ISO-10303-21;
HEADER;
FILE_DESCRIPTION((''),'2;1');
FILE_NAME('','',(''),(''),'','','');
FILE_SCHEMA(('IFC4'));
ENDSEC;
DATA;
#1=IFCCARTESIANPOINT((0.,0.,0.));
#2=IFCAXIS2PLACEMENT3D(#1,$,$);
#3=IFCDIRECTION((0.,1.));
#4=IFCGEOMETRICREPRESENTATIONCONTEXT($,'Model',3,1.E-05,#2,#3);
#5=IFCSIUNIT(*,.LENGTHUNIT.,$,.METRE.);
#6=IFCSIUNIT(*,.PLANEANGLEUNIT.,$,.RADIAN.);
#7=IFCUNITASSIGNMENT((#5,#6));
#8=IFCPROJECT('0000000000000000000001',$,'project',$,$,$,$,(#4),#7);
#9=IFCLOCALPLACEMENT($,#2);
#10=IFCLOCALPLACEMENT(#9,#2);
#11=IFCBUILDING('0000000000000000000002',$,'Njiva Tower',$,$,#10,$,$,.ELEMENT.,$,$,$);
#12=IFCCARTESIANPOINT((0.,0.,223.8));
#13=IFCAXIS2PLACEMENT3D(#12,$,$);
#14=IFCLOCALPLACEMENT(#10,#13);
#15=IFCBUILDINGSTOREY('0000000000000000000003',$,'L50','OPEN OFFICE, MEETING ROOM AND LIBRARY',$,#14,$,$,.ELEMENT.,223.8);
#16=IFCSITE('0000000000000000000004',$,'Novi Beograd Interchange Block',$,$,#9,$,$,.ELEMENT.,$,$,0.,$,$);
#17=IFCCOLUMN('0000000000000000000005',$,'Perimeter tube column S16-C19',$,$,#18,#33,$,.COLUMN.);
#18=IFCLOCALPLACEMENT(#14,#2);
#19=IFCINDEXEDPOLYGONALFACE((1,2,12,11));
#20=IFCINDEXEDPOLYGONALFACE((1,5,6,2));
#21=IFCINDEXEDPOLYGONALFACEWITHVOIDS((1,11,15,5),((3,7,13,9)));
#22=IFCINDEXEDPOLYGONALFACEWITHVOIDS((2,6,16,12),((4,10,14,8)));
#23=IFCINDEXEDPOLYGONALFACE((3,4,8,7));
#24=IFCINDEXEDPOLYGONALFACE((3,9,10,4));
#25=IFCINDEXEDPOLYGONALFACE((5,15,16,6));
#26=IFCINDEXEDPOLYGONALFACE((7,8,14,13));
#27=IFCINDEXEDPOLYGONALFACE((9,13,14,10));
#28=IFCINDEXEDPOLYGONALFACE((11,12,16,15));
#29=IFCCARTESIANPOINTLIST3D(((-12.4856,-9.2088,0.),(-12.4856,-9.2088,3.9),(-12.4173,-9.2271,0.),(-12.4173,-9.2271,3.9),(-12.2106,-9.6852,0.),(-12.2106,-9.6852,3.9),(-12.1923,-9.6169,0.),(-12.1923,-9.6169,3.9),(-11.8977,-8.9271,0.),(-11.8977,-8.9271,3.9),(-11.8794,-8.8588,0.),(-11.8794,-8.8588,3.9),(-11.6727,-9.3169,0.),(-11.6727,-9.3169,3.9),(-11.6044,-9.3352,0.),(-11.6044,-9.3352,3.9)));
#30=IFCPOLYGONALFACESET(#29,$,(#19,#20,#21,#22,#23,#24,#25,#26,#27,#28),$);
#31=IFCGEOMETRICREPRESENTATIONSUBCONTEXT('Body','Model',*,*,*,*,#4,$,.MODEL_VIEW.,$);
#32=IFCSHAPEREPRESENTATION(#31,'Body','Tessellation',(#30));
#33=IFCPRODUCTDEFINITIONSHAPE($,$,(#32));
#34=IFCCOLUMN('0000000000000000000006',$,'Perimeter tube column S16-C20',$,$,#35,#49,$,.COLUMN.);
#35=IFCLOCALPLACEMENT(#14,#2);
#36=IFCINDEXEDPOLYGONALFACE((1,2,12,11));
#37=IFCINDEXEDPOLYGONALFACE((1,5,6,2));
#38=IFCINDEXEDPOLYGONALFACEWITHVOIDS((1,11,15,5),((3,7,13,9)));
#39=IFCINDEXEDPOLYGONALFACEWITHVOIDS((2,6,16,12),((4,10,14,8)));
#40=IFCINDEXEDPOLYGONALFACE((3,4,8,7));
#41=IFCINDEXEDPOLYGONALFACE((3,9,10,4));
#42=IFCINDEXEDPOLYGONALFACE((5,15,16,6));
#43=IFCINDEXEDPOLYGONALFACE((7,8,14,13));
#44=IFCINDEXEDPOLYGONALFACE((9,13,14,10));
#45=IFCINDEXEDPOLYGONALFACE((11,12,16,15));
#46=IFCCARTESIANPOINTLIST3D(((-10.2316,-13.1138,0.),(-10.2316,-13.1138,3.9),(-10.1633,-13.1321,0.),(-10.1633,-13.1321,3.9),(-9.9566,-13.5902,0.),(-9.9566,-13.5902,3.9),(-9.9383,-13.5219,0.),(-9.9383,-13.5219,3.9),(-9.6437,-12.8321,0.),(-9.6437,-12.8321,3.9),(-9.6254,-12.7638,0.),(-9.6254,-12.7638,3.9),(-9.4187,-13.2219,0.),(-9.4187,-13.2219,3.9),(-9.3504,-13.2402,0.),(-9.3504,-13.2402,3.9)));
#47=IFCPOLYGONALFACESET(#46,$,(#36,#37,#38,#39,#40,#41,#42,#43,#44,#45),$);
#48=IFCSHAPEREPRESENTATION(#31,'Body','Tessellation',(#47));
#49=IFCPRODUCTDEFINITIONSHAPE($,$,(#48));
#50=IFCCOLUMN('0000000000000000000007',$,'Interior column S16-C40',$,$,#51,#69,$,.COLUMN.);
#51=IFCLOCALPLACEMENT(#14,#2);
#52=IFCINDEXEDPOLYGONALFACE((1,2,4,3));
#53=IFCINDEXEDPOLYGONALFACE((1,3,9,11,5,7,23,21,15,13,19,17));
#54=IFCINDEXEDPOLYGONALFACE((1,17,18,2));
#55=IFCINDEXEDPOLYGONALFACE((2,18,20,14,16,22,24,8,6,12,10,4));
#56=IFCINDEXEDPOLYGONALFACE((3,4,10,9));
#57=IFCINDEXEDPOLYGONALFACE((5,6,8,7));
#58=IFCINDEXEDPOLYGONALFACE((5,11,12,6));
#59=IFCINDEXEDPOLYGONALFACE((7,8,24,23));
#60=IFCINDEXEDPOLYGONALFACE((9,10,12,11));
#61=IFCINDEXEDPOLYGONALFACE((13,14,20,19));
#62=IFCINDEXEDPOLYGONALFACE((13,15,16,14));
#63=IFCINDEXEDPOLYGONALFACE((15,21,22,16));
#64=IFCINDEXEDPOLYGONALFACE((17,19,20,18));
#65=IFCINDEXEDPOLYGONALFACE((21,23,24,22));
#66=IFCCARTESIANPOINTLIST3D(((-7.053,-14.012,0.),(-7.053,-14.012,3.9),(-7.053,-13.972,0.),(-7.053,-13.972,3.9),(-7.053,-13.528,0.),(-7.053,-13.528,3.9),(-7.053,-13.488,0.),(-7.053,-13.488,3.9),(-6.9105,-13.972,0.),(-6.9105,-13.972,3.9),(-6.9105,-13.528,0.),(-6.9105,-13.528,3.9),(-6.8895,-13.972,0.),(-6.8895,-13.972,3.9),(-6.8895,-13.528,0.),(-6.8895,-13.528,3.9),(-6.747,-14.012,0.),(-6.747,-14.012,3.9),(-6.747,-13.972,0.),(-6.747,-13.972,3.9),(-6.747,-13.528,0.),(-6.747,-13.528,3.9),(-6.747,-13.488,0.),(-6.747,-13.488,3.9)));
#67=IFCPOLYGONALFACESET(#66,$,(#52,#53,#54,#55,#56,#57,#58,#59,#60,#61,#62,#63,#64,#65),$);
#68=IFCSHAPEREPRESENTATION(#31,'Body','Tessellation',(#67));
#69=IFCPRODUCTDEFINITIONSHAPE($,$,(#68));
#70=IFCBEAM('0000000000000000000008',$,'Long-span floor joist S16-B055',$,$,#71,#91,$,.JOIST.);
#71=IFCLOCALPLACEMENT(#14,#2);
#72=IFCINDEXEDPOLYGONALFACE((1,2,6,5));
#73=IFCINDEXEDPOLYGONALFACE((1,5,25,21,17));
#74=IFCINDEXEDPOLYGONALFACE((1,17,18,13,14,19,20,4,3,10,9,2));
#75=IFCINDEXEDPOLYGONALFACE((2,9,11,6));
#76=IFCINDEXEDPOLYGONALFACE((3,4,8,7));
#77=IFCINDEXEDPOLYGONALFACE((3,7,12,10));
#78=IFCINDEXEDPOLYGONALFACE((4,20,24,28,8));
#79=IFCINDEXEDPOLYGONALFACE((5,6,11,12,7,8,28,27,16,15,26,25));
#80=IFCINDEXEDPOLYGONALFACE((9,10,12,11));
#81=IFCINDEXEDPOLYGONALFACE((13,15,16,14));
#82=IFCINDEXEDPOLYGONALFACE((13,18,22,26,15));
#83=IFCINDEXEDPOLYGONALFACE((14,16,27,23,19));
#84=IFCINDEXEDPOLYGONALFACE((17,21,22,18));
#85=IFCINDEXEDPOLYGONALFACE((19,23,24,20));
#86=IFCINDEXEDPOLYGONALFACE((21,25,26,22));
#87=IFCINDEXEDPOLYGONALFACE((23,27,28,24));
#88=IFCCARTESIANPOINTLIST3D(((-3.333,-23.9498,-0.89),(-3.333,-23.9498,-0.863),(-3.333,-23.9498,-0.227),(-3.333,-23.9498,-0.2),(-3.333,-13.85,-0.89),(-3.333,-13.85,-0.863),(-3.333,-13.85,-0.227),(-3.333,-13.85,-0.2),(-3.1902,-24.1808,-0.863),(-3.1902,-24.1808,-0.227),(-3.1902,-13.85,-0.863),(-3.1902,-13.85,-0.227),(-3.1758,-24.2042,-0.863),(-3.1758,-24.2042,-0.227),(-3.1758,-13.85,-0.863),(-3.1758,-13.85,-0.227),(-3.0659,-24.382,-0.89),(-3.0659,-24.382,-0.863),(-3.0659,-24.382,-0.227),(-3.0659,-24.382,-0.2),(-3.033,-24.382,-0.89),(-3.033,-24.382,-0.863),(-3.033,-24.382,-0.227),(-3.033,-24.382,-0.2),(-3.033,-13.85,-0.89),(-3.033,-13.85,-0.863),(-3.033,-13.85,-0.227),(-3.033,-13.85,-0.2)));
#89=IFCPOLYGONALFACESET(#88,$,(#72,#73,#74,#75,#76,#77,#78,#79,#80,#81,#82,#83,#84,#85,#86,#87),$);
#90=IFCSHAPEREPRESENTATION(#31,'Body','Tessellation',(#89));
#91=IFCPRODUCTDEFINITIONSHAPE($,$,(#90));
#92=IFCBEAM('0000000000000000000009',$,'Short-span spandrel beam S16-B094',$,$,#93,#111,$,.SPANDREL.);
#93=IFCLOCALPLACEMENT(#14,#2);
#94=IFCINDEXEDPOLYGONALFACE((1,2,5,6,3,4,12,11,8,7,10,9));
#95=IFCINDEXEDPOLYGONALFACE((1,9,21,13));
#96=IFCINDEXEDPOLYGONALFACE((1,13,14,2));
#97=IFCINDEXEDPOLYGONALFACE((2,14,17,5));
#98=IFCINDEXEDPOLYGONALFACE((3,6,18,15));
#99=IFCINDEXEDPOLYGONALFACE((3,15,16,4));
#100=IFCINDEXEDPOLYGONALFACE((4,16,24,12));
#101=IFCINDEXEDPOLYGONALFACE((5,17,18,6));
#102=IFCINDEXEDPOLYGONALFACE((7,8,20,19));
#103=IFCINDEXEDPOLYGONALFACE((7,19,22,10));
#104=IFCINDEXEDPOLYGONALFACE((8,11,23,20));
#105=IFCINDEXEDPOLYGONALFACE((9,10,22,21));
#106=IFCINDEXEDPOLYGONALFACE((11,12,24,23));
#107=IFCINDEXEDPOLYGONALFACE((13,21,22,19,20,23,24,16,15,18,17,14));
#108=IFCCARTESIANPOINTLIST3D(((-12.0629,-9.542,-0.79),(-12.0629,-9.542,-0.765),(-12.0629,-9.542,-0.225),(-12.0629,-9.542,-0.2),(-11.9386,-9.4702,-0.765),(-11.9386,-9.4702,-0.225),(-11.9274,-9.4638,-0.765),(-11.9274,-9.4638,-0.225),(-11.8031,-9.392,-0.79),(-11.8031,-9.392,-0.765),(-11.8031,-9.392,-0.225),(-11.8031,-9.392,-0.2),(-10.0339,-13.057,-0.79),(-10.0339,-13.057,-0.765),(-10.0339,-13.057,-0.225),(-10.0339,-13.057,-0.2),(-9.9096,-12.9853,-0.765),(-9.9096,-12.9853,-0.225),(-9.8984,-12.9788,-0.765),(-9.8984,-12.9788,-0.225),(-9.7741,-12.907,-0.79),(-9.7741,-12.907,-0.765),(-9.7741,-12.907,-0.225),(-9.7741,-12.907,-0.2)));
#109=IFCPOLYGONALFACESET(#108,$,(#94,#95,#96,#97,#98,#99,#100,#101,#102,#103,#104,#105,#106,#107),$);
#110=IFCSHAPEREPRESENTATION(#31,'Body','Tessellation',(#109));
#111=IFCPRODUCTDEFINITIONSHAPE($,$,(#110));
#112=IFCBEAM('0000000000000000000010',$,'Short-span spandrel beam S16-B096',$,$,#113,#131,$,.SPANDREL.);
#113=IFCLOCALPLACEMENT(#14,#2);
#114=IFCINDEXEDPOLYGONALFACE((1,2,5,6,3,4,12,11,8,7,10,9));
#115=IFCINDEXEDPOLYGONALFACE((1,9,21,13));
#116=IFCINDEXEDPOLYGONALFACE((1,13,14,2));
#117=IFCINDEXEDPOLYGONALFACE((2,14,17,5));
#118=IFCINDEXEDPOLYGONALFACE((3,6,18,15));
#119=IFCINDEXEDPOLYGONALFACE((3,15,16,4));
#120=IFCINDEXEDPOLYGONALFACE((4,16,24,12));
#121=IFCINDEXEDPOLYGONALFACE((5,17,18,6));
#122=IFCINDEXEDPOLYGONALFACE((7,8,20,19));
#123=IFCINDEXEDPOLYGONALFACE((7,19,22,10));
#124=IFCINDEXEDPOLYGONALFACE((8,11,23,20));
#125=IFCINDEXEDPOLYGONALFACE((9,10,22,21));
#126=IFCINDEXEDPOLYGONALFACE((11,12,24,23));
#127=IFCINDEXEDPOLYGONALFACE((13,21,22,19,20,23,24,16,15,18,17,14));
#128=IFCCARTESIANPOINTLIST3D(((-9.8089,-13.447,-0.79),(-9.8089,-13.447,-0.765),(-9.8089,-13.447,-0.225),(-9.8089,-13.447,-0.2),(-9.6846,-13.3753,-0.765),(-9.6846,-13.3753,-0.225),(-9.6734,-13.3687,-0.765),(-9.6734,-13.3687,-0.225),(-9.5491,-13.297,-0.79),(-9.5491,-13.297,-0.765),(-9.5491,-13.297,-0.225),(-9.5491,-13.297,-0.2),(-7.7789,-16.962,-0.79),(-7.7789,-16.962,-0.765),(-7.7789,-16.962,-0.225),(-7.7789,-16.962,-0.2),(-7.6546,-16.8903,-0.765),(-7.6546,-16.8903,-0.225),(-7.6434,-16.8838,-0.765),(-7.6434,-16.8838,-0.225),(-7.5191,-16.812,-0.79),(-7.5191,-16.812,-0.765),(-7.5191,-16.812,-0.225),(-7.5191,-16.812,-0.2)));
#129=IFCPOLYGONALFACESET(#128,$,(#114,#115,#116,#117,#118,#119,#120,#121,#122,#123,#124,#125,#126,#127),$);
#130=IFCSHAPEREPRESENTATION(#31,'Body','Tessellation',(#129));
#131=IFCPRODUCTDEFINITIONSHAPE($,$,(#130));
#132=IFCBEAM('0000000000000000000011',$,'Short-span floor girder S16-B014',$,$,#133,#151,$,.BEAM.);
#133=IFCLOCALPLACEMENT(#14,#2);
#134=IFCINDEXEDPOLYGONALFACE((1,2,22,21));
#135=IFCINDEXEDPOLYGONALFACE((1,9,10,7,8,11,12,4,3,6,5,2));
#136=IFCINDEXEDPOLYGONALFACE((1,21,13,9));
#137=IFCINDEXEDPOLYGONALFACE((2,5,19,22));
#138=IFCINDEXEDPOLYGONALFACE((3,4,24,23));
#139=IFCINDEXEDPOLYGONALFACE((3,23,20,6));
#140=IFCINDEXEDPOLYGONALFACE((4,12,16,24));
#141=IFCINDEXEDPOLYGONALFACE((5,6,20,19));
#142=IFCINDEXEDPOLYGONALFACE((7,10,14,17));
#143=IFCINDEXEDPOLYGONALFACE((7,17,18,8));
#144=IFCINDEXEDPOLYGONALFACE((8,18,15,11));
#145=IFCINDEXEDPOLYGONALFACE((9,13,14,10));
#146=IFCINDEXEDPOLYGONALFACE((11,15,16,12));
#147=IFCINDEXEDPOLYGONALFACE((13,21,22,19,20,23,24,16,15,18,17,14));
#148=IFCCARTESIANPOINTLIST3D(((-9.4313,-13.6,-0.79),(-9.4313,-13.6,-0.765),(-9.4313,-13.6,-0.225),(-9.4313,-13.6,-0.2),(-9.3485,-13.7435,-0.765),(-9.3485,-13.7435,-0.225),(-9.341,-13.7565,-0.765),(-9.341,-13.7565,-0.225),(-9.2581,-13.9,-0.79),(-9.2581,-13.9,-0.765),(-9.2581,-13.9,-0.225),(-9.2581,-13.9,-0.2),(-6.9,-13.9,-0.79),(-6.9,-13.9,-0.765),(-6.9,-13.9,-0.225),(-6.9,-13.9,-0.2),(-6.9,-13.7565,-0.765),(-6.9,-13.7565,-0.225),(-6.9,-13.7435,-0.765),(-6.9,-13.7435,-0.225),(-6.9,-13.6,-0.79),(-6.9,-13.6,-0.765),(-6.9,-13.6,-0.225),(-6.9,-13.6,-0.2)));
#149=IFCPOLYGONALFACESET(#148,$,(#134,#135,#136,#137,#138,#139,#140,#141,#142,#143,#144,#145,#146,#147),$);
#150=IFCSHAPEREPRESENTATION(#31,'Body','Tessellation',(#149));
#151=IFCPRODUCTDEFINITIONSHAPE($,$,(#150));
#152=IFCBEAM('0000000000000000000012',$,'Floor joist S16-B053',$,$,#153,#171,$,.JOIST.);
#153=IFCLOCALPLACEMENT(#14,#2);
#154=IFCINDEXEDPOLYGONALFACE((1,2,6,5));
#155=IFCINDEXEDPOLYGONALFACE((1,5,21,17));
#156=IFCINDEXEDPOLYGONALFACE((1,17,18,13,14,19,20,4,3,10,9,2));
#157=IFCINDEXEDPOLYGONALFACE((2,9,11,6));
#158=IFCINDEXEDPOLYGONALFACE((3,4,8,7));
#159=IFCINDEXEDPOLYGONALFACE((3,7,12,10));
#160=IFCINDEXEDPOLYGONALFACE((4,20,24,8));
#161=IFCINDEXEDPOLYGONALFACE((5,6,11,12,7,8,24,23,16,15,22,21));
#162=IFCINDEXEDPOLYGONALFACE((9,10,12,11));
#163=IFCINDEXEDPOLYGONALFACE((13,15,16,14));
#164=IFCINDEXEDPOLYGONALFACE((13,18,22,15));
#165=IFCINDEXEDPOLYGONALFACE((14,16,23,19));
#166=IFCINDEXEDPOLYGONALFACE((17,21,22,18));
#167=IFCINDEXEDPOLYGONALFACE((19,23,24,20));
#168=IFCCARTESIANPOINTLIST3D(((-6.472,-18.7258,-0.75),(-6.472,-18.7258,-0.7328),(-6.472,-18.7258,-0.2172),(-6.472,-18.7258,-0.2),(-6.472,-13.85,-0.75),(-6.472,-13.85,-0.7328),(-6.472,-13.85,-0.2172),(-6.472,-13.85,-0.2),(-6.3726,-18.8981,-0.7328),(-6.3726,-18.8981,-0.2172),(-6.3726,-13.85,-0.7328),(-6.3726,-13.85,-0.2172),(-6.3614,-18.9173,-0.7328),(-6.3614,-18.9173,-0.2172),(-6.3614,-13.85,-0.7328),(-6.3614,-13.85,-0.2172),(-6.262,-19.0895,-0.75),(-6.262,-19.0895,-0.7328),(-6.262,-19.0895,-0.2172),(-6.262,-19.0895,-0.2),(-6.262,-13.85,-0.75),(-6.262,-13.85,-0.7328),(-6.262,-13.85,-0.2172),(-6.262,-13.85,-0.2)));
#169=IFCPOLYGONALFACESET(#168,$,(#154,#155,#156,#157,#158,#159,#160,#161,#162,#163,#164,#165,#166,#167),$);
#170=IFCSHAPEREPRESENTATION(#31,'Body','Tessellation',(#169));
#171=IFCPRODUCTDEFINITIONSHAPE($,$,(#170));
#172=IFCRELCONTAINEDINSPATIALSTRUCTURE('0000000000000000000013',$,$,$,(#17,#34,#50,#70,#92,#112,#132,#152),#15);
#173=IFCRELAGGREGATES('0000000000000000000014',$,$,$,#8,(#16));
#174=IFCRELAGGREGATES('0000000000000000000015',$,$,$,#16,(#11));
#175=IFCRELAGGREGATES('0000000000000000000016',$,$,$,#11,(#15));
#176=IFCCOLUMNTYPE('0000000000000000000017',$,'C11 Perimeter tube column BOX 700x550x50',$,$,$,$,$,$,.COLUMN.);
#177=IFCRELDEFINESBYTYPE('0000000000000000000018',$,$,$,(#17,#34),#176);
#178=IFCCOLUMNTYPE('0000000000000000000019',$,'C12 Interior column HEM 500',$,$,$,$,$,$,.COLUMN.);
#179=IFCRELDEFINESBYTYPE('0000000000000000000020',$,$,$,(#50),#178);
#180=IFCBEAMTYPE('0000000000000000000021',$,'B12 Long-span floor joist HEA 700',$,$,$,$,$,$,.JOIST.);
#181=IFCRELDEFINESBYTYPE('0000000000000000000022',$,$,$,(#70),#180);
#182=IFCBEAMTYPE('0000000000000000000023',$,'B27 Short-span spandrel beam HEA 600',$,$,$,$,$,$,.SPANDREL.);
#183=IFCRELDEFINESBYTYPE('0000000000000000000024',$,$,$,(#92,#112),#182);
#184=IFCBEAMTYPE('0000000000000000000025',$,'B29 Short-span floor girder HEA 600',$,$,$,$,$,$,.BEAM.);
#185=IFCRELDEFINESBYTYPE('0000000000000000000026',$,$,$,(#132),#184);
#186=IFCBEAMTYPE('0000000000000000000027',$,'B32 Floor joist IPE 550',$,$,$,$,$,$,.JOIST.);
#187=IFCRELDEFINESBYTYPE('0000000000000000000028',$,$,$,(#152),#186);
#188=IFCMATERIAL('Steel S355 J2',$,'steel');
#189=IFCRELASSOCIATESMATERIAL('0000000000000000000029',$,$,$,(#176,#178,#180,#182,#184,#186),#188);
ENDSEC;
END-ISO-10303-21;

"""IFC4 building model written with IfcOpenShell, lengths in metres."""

from ifc_helpers import new_model, si_unit, direction, frame, origin, origin_2d, place, context, subcontext, project, spatial, hollow_rectangle, i_section, extrude, clip, halfspace, material, material_profile, profile_set, type_object, element, save


model = new_model("IFC4")

# Units and contexts
model_context = context("Model", 3, precision=1e-05, world=origin(), true_north=direction((0.0, 1.0)))
body_context = subcontext(model_context, "Body", "Model", "MODEL_VIEW")
ifc_project = project(units=[si_unit("LENGTHUNIT", "METRE"), si_unit("PLANEANGLEUNIT", "RADIAN")], contexts=[model_context])

# Site, building, storey
site_placement = place(None, origin())
site = spatial("IfcSite", under=ifc_project, at=site_placement, Name="Novi Beograd Interchange Block", CompositionType="ELEMENT", RefElevation=0.0)
building_placement = place(site_placement, origin())
building = spatial("IfcBuilding", under=site, at=building_placement, Name="Njiva Tower", CompositionType="ELEMENT")
storey_placement = place(building_placement, frame((0.0, 0.0, 223.8)))
storey = spatial("IfcBuildingStorey", under=building, at=storey_placement, Name="L50", Description="OPEN OFFICE, MEETING ROOM AND LIBRARY", CompositionType="ELEMENT", Elevation=223.8)

# Columns
ifc_material_1 = material(Name="Steel S355 J2", Category="steel")
ifc_material_profile_1 = material_profile(ifc_material_1, hollow_rectangle(XDim=0.55, YDim=0.7, WallThickness=0.05, at=origin_2d()), Name="BOX 700x550x50")
ifc_profile_set_1 = profile_set([ifc_material_profile_1], Name="Steel S355 J2")
column_type_1 = type_object("IfcColumnType", Name="C11 Perimeter tube column BOX 700x550x50", PredefinedType="COLUMN", material=ifc_profile_set_1)
for number, where, z_axis, x_axis, name in (
    (1, (-12.045, -9.272, 0.0), (0.0, 0.0, 1.0), (0.5, -0.866025, 0.0), "Perimeter tube column S16-C19"),
    (2, (-9.791, -13.177, 0.0), (0.0, 0.0, 1.0), (0.5, -0.866025, 0.0), "Perimeter tube column S16-C20"),
):
    element("IfcColumn", number, at=place(storey_placement, frame(where, z_axis=z_axis, x_axis=x_axis)), inside=storey, type_object=column_type_1, Name=name, PredefinedType="COLUMN", context=body_context, shape_type="SweptSolid", body=[
        extrude(hollow_rectangle(XDim=0.55, YDim=0.7, WallThickness=0.05, at=origin_2d()), origin(), (0.0, 0.0, 1.0), 3.9),
    ])
ifc_material_profile_2 = material_profile(ifc_material_1, i_section(OverallWidth=0.306, OverallDepth=0.524, WebThickness=0.021, FlangeThickness=0.04, at=origin_2d()), Name="HEM 500")
ifc_profile_set_2 = profile_set([ifc_material_profile_2], Name="Steel S355 J2")
column_type_2 = type_object("IfcColumnType", Name="C12 Interior column HEM 500", PredefinedType="COLUMN", material=ifc_profile_set_2)
column_placement = place(storey_placement, frame((-6.9, -13.75, 0.0), z_axis=(0.0, 0.0, 1.0), x_axis=(1.0, 0.0, 0.0)))
element("IfcColumn", 3, at=column_placement, inside=storey, type_object=column_type_2, Name="Interior column S16-C40", PredefinedType="COLUMN", context=body_context, shape_type="SweptSolid", body=[
    extrude(i_section(OverallWidth=0.306, OverallDepth=0.524, WebThickness=0.021, FlangeThickness=0.04, at=origin_2d()), origin(), (0.0, 0.0, 1.0), 3.9),
])

# Beams
ifc_material_profile_3 = material_profile(ifc_material_1, i_section(OverallWidth=0.3, OverallDepth=0.69, WebThickness=0.0145, FlangeThickness=0.027, at=origin_2d()), Name="HEA 700")
ifc_profile_set_3 = profile_set([ifc_material_profile_3], Name="Steel S355 J2")
beam_type_1 = type_object("IfcBeamType", Name="B12 Long-span floor joist HEA 700", PredefinedType="JOIST", material=ifc_profile_set_3)
beam_1_placement = place(storey_placement, frame((-3.183, -13.85, -0.545), z_axis=(0.0, -1.0, 0.0), x_axis=(1.0, 0.0, 0.0)))
element("IfcBeam", 4, at=beam_1_placement, inside=storey, type_object=beam_type_1, Name="Long-span floor joist S16-B055", PredefinedType="JOIST", context=body_context, shape_type="Clipping", body=[
    clip(extrude(i_section(OverallWidth=0.3, OverallDepth=0.69, WebThickness=0.0145, FlangeThickness=0.027, at=origin_2d()), origin(), (0.0, 0.0, 1.0), 10.532), halfspace(frame((-0.0429, 0.0, 10.2731), z_axis=(-0.850625, 0.0, 0.525773), x_axis=(0.0, 1.0, 0.0)), False)),
])
ifc_material_profile_4 = material_profile(ifc_material_1, i_section(OverallWidth=0.3, OverallDepth=0.59, WebThickness=0.013, FlangeThickness=0.025, at=origin_2d()), Name="HEA 600")
ifc_profile_set_4 = profile_set([ifc_material_profile_4], Name="Steel S355 J2")
beam_type_2 = type_object("IfcBeamType", Name="B27 Short-span spandrel beam HEA 600", PredefinedType="SPANDREL", material=ifc_profile_set_4)
beam_2_placement = place(storey_placement, frame((-11.933, -9.467, -0.495), z_axis=(0.499929, -0.866067, 0.0), x_axis=(0.866067, 0.499929, 0.0)))
element("IfcBeam", 5, at=beam_2_placement, inside=storey, type_object=beam_type_2, Name="Short-span spandrel beam S16-B094", PredefinedType="SPANDREL", context=body_context, shape_type="SweptSolid", body=[
    extrude(i_section(OverallWidth=0.3, OverallDepth=0.59, WebThickness=0.013, FlangeThickness=0.025, at=origin_2d()), origin(), (0.0, 0.0, 1.0), 4.0586),
])
beam_3_placement = place(storey_placement, frame((-9.679, -13.372, -0.495), z_axis=(0.500113, -0.86596, 0.0), x_axis=(0.86596, 0.500113, 0.0)))
element("IfcBeam", 6, at=beam_3_placement, inside=storey, type_object=beam_type_2, Name="Short-span spandrel beam S16-B096", PredefinedType="SPANDREL", context=body_context, shape_type="SweptSolid", body=[
    extrude(i_section(OverallWidth=0.3, OverallDepth=0.59, WebThickness=0.013, FlangeThickness=0.025, at=origin_2d()), origin(), (0.0, 0.0, 1.0), 4.0591),
])
ifc_material_profile_5 = material_profile(ifc_material_1, i_section(OverallWidth=0.3, OverallDepth=0.59, WebThickness=0.013, FlangeThickness=0.025, at=origin_2d()), Name="HEA 600")
ifc_profile_set_5 = profile_set([ifc_material_profile_5], Name="Steel S355 J2")
beam_type_3 = type_object("IfcBeamType", Name="B29 Short-span floor girder HEA 600", PredefinedType="BEAM", material=ifc_profile_set_5)
beam_4_placement = place(storey_placement, frame((-9.452, -13.75, -0.495), z_axis=(1.0, 0.0, 0.0), x_axis=(0.0, 1.0, 0.0)))
element("IfcBeam", 7, at=beam_4_placement, inside=storey, type_object=beam_type_3, Name="Short-span floor girder S16-B014", PredefinedType="BEAM", context=body_context, shape_type="Clipping", body=[
    clip(extrude(i_section(OverallWidth=0.3, OverallDepth=0.59, WebThickness=0.013, FlangeThickness=0.025, at=origin_2d()), origin(), (0.0, 0.0, 1.0), 2.552), halfspace(frame((-0.025, 0.0, 0.1217), z_axis=(-0.499998, 0.0, -0.866027), x_axis=(0.0, -1.0, 0.0)), False)),
])
ifc_material_profile_6 = material_profile(ifc_material_1, i_section(OverallWidth=0.21, OverallDepth=0.55, WebThickness=0.0111, FlangeThickness=0.0172, at=origin_2d()), Name="IPE 550")
ifc_profile_set_6 = profile_set([ifc_material_profile_6], Name="Steel S355 J2")
beam_type_4 = type_object("IfcBeamType", Name="B32 Floor joist IPE 550", PredefinedType="JOIST", material=ifc_profile_set_6)
beam_5_placement = place(storey_placement, frame((-6.367, -13.85, -0.475), z_axis=(0.0, -1.0, 0.0), x_axis=(1.0, 0.0, 0.0)))
element("IfcBeam", 8, at=beam_5_placement, inside=storey, type_object=beam_type_4, Name="Floor joist S16-B053", PredefinedType="JOIST", context=body_context, shape_type="Clipping", body=[
    clip(extrude(i_section(OverallWidth=0.21, OverallDepth=0.55, WebThickness=0.0111, FlangeThickness=0.0172, at=origin_2d()), origin(), (0.0, 0.0, 1.0), 5.26), halfspace(frame((-0.043, 0.0, 4.9832), z_axis=(-0.866027, 0.0, 0.499998), x_axis=(0.0, 1.0, 0.0)), False)),
])

save(model, "model.ifc")
